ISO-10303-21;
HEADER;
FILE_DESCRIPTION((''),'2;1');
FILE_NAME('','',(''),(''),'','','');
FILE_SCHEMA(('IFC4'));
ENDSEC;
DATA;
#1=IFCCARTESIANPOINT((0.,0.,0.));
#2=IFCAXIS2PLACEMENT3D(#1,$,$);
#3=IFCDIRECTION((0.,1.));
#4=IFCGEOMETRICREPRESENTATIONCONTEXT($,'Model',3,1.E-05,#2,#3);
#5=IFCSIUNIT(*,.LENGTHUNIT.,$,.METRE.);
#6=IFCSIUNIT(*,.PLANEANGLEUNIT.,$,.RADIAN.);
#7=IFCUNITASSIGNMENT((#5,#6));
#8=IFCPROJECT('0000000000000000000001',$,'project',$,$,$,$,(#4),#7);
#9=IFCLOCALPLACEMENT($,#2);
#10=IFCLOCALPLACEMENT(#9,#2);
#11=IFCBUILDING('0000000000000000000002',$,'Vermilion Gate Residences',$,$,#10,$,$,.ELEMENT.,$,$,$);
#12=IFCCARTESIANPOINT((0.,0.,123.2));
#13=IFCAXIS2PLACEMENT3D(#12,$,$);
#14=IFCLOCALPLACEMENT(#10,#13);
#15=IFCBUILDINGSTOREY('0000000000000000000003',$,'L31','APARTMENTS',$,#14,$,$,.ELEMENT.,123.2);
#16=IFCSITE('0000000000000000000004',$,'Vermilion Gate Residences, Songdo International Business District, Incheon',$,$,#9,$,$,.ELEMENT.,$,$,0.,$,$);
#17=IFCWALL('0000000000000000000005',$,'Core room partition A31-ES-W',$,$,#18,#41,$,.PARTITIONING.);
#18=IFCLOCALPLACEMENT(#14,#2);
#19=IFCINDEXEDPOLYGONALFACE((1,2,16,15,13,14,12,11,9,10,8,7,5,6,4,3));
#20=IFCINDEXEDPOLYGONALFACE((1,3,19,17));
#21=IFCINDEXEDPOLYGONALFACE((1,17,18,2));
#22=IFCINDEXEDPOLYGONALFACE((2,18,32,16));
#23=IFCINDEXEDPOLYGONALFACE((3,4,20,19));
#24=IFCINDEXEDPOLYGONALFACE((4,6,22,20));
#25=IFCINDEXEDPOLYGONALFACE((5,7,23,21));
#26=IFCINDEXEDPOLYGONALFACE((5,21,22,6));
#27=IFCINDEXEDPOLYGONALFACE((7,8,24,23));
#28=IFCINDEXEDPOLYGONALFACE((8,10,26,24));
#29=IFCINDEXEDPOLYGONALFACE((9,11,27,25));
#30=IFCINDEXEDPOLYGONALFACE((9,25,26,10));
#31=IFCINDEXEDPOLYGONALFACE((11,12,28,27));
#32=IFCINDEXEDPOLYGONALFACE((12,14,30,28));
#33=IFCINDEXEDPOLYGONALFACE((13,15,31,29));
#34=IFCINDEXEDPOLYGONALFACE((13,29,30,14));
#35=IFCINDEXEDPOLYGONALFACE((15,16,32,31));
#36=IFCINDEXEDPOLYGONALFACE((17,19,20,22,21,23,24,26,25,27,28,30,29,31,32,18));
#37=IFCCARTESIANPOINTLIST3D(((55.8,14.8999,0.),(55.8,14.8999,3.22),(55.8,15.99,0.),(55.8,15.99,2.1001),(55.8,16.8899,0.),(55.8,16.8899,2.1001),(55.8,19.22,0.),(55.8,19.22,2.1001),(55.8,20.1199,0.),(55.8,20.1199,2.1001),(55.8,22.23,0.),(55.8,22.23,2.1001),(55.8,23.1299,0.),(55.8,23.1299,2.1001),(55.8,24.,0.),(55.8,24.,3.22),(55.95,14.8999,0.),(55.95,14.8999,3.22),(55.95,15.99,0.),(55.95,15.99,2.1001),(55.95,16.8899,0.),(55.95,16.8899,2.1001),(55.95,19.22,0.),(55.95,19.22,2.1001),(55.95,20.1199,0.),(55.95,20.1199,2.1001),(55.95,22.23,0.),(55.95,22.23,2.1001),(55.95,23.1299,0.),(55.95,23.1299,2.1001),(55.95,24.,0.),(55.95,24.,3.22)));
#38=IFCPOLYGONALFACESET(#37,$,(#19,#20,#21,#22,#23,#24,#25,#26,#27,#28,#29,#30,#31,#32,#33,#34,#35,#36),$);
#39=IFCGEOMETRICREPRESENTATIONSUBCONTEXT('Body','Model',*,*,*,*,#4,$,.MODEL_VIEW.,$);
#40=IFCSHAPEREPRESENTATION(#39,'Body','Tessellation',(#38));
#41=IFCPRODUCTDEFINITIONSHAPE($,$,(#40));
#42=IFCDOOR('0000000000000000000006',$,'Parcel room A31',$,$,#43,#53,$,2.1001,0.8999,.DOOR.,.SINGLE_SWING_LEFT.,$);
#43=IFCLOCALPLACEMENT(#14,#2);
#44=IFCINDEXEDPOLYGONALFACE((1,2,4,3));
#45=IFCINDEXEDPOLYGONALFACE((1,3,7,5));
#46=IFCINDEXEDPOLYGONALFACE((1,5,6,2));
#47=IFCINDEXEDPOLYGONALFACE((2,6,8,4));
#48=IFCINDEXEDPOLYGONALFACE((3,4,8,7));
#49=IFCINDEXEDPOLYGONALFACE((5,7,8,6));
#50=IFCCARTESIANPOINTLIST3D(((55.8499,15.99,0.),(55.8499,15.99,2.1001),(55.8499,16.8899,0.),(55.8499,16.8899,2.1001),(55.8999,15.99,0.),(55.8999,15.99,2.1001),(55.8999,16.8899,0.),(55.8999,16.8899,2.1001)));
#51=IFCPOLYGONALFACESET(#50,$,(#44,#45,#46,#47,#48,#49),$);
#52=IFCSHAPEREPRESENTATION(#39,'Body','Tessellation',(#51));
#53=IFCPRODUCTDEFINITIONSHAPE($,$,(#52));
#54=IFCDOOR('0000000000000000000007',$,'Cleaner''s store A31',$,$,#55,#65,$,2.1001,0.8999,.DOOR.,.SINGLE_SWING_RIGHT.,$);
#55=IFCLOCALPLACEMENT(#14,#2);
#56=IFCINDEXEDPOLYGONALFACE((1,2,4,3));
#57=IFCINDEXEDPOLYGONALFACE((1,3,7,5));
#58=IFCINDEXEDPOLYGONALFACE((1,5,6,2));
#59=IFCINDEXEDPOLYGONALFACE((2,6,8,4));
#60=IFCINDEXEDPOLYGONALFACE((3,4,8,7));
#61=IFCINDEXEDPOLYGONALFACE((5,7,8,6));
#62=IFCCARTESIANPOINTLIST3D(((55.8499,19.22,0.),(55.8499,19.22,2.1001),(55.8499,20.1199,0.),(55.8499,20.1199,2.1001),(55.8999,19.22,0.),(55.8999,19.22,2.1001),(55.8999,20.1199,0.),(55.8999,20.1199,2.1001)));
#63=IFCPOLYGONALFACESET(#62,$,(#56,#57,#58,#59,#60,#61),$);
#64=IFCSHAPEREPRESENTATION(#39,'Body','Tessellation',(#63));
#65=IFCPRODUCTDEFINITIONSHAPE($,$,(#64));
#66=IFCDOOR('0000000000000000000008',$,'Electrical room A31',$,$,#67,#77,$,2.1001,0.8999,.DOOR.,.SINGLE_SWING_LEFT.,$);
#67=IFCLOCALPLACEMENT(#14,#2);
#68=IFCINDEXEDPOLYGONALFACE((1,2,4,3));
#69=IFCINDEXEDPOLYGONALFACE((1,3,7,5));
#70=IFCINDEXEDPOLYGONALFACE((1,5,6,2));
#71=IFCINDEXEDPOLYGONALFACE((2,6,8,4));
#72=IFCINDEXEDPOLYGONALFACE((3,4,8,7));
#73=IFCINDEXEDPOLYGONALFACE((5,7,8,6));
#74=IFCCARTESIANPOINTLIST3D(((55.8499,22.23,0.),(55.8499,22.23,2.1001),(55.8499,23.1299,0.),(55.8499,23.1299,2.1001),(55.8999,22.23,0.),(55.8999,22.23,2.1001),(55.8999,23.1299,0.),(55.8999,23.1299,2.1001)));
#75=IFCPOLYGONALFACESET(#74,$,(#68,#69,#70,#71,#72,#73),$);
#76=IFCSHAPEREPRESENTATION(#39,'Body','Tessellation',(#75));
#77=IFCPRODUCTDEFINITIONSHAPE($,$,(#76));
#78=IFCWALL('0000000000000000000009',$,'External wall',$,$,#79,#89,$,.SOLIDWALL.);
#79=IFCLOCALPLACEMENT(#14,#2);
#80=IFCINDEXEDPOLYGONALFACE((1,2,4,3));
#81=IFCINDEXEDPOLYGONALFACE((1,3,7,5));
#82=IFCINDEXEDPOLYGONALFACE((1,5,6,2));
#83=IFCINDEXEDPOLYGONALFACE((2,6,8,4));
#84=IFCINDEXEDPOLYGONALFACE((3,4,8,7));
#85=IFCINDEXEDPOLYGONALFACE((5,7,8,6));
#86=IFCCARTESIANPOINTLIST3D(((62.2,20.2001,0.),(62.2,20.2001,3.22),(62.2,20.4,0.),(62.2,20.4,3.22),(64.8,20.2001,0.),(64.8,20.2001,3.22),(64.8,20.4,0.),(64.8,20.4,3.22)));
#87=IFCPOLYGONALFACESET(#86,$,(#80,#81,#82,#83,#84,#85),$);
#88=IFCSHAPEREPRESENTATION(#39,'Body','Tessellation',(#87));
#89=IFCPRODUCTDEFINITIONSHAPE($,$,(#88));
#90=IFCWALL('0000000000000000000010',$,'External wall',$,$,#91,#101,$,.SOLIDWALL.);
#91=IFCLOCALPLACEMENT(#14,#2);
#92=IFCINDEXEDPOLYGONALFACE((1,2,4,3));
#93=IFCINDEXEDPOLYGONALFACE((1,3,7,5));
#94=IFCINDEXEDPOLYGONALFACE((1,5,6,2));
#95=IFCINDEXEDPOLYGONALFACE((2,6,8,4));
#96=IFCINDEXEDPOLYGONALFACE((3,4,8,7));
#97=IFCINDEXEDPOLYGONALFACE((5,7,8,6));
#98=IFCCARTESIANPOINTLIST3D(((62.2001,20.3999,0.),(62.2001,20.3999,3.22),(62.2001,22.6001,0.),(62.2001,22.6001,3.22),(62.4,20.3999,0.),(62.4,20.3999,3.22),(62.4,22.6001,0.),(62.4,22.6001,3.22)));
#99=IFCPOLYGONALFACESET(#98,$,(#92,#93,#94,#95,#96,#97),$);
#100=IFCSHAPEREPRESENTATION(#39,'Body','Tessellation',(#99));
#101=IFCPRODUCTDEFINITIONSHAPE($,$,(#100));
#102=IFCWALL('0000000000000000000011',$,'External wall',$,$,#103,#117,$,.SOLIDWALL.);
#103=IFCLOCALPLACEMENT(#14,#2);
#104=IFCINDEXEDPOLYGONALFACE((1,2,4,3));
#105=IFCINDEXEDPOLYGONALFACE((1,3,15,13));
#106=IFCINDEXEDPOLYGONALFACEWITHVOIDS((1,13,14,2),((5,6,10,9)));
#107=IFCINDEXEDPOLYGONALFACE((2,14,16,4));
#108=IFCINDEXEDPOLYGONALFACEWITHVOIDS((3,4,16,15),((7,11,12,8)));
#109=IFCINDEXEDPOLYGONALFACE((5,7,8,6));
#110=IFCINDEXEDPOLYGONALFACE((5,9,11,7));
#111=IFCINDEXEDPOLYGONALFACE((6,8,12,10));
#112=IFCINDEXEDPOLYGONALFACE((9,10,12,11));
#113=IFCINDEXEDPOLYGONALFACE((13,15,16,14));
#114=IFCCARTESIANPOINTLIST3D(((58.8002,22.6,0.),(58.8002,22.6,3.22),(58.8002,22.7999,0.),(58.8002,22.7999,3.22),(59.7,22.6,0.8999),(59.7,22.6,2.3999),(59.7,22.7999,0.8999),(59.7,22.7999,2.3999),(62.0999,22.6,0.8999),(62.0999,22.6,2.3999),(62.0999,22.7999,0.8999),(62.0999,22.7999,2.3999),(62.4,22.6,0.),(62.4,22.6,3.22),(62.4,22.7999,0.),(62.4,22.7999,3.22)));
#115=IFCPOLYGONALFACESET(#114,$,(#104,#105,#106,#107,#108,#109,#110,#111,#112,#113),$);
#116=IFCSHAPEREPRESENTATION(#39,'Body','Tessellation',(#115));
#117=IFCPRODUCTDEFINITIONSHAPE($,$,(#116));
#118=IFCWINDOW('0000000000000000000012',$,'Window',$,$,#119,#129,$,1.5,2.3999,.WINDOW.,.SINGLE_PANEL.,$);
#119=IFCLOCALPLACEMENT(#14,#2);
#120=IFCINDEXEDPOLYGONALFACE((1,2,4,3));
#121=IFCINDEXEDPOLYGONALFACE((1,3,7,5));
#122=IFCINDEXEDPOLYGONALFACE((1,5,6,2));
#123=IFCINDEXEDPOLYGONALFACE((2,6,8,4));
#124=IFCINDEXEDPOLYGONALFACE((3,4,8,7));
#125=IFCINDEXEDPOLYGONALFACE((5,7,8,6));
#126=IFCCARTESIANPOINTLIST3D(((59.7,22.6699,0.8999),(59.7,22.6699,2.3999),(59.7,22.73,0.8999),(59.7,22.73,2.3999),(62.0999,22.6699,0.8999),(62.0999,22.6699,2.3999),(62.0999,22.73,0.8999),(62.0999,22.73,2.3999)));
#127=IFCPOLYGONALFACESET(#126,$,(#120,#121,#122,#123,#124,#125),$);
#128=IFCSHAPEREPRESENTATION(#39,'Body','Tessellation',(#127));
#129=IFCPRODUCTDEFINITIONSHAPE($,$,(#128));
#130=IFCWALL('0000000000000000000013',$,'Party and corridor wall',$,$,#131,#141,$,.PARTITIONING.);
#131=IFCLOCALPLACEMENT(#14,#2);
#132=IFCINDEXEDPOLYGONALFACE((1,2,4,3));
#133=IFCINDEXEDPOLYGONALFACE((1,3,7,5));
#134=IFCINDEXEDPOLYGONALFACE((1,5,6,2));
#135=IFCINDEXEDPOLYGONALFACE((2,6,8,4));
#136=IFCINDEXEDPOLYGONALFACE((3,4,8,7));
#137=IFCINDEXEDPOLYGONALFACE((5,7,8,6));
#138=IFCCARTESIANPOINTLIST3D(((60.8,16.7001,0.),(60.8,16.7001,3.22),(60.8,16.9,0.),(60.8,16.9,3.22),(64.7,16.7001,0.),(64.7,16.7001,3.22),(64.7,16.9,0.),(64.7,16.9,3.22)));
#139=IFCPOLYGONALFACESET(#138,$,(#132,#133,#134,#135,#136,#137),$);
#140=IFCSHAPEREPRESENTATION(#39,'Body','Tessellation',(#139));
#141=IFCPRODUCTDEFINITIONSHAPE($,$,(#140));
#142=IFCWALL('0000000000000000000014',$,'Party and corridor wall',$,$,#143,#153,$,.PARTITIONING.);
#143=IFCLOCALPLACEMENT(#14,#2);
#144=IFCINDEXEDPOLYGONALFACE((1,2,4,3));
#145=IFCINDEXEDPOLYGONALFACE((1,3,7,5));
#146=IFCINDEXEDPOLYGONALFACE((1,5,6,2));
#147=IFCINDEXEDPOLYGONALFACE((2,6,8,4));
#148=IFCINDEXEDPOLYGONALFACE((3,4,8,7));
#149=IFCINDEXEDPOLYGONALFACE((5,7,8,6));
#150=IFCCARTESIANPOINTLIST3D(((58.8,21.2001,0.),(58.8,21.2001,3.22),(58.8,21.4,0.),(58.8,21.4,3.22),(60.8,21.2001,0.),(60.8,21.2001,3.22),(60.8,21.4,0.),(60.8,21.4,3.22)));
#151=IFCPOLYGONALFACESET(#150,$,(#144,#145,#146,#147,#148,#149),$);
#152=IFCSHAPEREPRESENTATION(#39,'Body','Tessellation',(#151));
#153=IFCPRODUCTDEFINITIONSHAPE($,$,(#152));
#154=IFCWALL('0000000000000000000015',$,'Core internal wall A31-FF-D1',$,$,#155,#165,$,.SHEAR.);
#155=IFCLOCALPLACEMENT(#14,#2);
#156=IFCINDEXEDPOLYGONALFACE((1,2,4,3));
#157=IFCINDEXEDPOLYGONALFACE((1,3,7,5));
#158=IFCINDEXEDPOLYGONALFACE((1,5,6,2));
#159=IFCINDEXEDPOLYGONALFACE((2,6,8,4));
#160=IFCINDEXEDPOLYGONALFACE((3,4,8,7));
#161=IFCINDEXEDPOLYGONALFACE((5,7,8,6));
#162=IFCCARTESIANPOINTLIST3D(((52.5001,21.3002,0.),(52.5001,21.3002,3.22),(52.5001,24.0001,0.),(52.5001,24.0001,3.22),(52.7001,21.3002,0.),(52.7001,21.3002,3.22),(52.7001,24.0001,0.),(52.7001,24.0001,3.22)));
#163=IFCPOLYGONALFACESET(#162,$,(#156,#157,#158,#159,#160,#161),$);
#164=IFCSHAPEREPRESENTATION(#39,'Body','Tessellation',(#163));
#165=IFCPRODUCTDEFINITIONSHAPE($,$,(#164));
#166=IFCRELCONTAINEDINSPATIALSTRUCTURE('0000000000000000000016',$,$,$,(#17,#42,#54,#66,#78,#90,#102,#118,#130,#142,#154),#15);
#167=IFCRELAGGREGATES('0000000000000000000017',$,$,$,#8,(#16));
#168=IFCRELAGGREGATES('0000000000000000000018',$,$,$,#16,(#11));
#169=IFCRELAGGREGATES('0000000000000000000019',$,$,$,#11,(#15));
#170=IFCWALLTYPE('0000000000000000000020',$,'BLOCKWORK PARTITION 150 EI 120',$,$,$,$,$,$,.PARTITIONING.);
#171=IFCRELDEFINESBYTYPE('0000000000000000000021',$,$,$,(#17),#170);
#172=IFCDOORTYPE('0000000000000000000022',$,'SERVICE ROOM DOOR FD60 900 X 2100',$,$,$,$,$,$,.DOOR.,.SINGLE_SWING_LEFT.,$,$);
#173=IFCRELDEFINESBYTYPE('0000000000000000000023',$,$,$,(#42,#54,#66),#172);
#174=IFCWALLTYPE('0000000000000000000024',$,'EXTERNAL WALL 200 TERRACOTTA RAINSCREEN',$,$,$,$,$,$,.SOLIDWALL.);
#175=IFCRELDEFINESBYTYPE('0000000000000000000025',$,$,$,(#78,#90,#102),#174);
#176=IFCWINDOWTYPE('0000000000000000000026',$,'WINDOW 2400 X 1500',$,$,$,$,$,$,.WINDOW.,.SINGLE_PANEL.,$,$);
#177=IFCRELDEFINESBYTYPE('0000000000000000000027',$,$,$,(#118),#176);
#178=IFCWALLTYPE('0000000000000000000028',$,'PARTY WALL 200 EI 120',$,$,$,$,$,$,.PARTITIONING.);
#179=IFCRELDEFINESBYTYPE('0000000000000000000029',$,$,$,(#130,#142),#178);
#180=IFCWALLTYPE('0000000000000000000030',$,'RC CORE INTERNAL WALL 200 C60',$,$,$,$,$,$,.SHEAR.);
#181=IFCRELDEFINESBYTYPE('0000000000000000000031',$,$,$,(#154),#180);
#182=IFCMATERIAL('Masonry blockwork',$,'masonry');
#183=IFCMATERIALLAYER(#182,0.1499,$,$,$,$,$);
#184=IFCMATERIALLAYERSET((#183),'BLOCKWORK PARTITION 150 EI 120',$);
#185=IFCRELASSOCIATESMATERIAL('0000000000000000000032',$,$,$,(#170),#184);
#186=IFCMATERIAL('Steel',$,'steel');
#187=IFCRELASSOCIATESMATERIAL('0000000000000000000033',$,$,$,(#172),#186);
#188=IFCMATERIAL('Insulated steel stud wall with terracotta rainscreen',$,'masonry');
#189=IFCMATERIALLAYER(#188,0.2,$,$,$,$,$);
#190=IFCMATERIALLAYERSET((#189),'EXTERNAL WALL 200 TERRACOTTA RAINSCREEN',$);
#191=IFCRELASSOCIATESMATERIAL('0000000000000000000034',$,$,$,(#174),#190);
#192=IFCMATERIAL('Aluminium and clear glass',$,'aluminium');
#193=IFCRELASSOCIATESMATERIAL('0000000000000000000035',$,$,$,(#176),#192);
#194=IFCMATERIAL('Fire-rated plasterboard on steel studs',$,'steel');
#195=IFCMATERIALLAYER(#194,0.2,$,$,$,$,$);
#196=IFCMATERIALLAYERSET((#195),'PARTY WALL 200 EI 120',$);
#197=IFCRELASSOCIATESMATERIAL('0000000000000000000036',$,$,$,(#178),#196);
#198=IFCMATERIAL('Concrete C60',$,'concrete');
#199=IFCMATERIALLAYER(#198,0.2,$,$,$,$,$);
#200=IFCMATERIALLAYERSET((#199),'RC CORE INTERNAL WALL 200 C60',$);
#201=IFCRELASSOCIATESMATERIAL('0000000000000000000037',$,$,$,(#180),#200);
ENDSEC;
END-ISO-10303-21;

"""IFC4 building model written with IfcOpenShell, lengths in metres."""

from ifc_helpers import new_model, si_unit, direction, frame, frame_2d, origin, place, context, subcontext, project, spatial, rectangle, extrude, material, layer, layer_set, type_object, element, fill, save


model = new_model("IFC4")

# Units and contexts
model_context = context("Model", 3, precision=1e-05, world=origin(), true_north=direction((0.0, 1.0)))
body_context = subcontext(model_context, "Body", "Model", "MODEL_VIEW")
ifc_project = project(units=[si_unit("LENGTHUNIT", "METRE"), si_unit("PLANEANGLEUNIT", "RADIAN")], contexts=[model_context])

# Site, building, storey
site_placement = place(None, origin())
site = spatial("IfcSite", under=ifc_project, at=site_placement, Name="Vermilion Gate Residences, Songdo International Business District, Incheon", CompositionType="ELEMENT", RefElevation=0.0)
building_placement = place(site_placement, origin())
building = spatial("IfcBuilding", under=site, at=building_placement, Name="Vermilion Gate Residences", CompositionType="ELEMENT")
storey_placement = place(building_placement, frame((0.0, 0.0, 123.2)))
storey = spatial("IfcBuildingStorey", under=building, at=storey_placement, Name="L31", Description="APARTMENTS", CompositionType="ELEMENT", Elevation=123.2)

# Shared definitions
ifc_material_1 = material(Name="Masonry blockwork", Category="masonry")
ifc_layer_1 = layer(ifc_material_1, 0.1499)
ifc_layer_set_1 = layer_set([ifc_layer_1], Name="BLOCKWORK PARTITION 150 EI 120")
wall_type_1 = type_object("IfcWallType", Name="BLOCKWORK PARTITION 150 EI 120", PredefinedType="PARTITIONING", material=ifc_layer_set_1)

# Wall, openings, doors
wall_1_placement = place(storey_placement, frame((55.875, 14.8999, 0.0), z_axis=(0.0, 0.0, 1.0), x_axis=(0.0, 1.0, 0.0)))
wall_1 = element("IfcWall", 1, at=wall_1_placement, inside=storey, type_object=wall_type_1, Name="Core room partition A31-ES-W", PredefinedType="PARTITIONING", context=body_context, shape_type="SweptSolid", body=[
    extrude(rectangle(XDim=9.1001, YDim=0.1499, at=frame_2d((4.55, 0.0))), origin(), (0.0, 0.0, 1.0), 3.22),
])
opening_1_placement = place(wall_1_placement, frame((1.0901, 0.0, 0.0)))
opening_1 = element("IfcOpeningElement", 2, at=opening_1_placement, cuts=wall_1, PredefinedType="OPENING", context=body_context, shape_type="SweptSolid", body=[
    extrude(rectangle(XDim=0.8999, YDim=2.1001, at=frame_2d((0.45, 1.05))), frame((0.0, 0.085, 0.0), z_axis=(0.0, -1.0, 0.0), x_axis=(1.0, 0.0, 0.0)), (0.0, 0.0, 1.0), 0.1699),
])
opening_2_placement = place(wall_1_placement, frame((4.3201, 0.0, 0.0)))
opening_2 = element("IfcOpeningElement", 3, at=opening_2_placement, cuts=wall_1, PredefinedType="OPENING", context=body_context, shape_type="SweptSolid", body=[
    extrude(rectangle(XDim=0.8999, YDim=2.1001, at=frame_2d((0.45, 1.05))), frame((0.0, 0.085, 0.0), z_axis=(0.0, -1.0, 0.0), x_axis=(1.0, 0.0, 0.0)), (0.0, 0.0, 1.0), 0.1699),
])
opening_3_placement = place(wall_1_placement, frame((7.3301, 0.0, 0.0)))
opening_3 = element("IfcOpeningElement", 4, at=opening_3_placement, cuts=wall_1, PredefinedType="OPENING", context=body_context, shape_type="SweptSolid", body=[
    extrude(rectangle(XDim=0.8999, YDim=2.1001, at=frame_2d((0.45, 1.05))), frame((0.0, 0.085, 0.0), z_axis=(0.0, -1.0, 0.0), x_axis=(1.0, 0.0, 0.0)), (0.0, 0.0, 1.0), 0.1699),
])
ifc_material_2 = material(Name="Steel", Category="steel")
door_type_1 = type_object("IfcDoorType", Name="SERVICE ROOM DOOR FD60 900 X 2100", OperationType="SINGLE_SWING_LEFT", PredefinedType="DOOR", material=ifc_material_2)
door_1_placement = place(opening_1_placement, frame((0.8999, 0.0, 0.0), z_axis=(0.0, 0.0, 1.0), x_axis=(-1.0, 0.0, 0.0)))
door_1 = element("IfcDoor", 5, at=door_1_placement, inside=storey, type_object=door_type_1, Name="Parcel room A31", OperationType="SINGLE_SWING_LEFT", OverallHeight=2.1001, OverallWidth=0.8999, PredefinedType="DOOR", context=body_context, shape_type="SweptSolid", body=[
    extrude(rectangle(XDim=0.8999, YDim=2.1001, at=frame_2d((0.45, 1.05))), frame((0.0, 0.0249, 0.0), z_axis=(0.0, -1.0, 0.0), x_axis=(1.0, 0.0, 0.0)), (0.0, 0.0, 1.0), 0.05),
])
fill(opening_1, door_1)
door_2_placement = place(opening_2_placement, frame((0.8999, 0.0, 0.0), z_axis=(0.0, 0.0, 1.0), x_axis=(-1.0, 0.0, 0.0)))
door_2 = element("IfcDoor", 6, at=door_2_placement, inside=storey, type_object=door_type_1, Name="Cleaner's store A31", OperationType="SINGLE_SWING_RIGHT", OverallHeight=2.1001, OverallWidth=0.8999, PredefinedType="DOOR", context=body_context, shape_type="SweptSolid", body=[
    extrude(rectangle(XDim=0.8999, YDim=2.1001, at=frame_2d((0.45, 1.05))), frame((0.0, 0.0249, 0.0), z_axis=(0.0, -1.0, 0.0), x_axis=(1.0, 0.0, 0.0)), (0.0, 0.0, 1.0), 0.05),
])
fill(opening_2, door_2)
door_3_placement = place(opening_3_placement, frame((0.8999, 0.0, 0.0), z_axis=(0.0, 0.0, 1.0), x_axis=(-1.0, 0.0, 0.0)))
door_3 = element("IfcDoor", 7, at=door_3_placement, inside=storey, type_object=door_type_1, Name="Electrical room A31", OperationType="SINGLE_SWING_LEFT", OverallHeight=2.1001, OverallWidth=0.8999, PredefinedType="DOOR", context=body_context, shape_type="SweptSolid", body=[
    extrude(rectangle(XDim=0.8999, YDim=2.1001, at=frame_2d((0.45, 1.05))), frame((0.0, 0.0249, 0.0), z_axis=(0.0, -1.0, 0.0), x_axis=(1.0, 0.0, 0.0)), (0.0, 0.0, 1.0), 0.05),
])
fill(opening_3, door_3)

# Walls
ifc_material_3 = material(Name="Insulated steel stud wall with terracotta rainscreen", Category="masonry")
ifc_layer_2 = layer(ifc_material_3, 0.2)
ifc_layer_set_2 = layer_set([ifc_layer_2], Name="EXTERNAL WALL 200 TERRACOTTA RAINSCREEN")
wall_type_2 = type_object("IfcWallType", Name="EXTERNAL WALL 200 TERRACOTTA RAINSCREEN", PredefinedType="SOLIDWALL", material=ifc_layer_set_2)
wall_2_placement = place(storey_placement, frame((64.8, 20.3, 0.0), z_axis=(0.0, 0.0, 1.0), x_axis=(-1.0, 0.0, 0.0)))
element("IfcWall", 8, at=wall_2_placement, inside=storey, type_object=wall_type_2, Name="External wall", PredefinedType="SOLIDWALL", context=body_context, shape_type="SweptSolid", body=[
    extrude(rectangle(XDim=2.6001, YDim=0.2, at=frame_2d((1.3, 0.0))), origin(), (0.0, 0.0, 1.0), 3.22),
])
wall_3_placement = place(storey_placement, frame((62.3, 20.3999, 0.0), z_axis=(0.0, 0.0, 1.0), x_axis=(0.0, 1.0, 0.0)))
element("IfcWall", 9, at=wall_3_placement, inside=storey, type_object=wall_type_2, Name="External wall", PredefinedType="SOLIDWALL", context=body_context, shape_type="SweptSolid", body=[
    extrude(rectangle(XDim=2.2002, YDim=0.2, at=frame_2d((1.1001, 0.0))), origin(), (0.0, 0.0, 1.0), 3.22),
])

# Wall, opening, window
wall_4_placement = place(storey_placement, frame((62.3999, 22.7, 0.0), z_axis=(0.0, 0.0, 1.0), x_axis=(-1.0, 0.0, 0.0)))
wall_4 = element("IfcWall", 10, at=wall_4_placement, inside=storey, type_object=wall_type_2, Name="External wall", PredefinedType="SOLIDWALL", context=body_context, shape_type="SweptSolid", body=[
    extrude(rectangle(XDim=3.5999, YDim=0.2, at=frame_2d((1.7998, 0.0))), origin(), (0.0, 0.0, 1.0), 3.22),
])
opening_4_placement = place(wall_4_placement, frame((0.3, 0.0, 0.8999)))
opening_4 = element("IfcOpeningElement", 11, at=opening_4_placement, cuts=wall_4, PredefinedType="OPENING", context=body_context, shape_type="SweptSolid", body=[
    extrude(rectangle(XDim=2.3999, YDim=1.5, at=frame_2d((1.2, 0.75))), frame((0.0, 0.1099, 0.0), z_axis=(0.0, -1.0, 0.0), x_axis=(1.0, 0.0, 0.0)), (0.0, 0.0, 1.0), 0.22),
])
ifc_material_4 = material(Name="Aluminium and clear glass", Category="aluminium")
window_type = type_object("IfcWindowType", Name="WINDOW 2400 X 1500", PartitioningType="SINGLE_PANEL", PredefinedType="WINDOW", material=ifc_material_4)
window_placement = place(opening_4_placement, origin())
window = element("IfcWindow", 12, at=window_placement, inside=storey, type_object=window_type, Name="Window", OverallHeight=1.5, OverallWidth=2.3999, PartitioningType="SINGLE_PANEL", PredefinedType="WINDOW", context=body_context, shape_type="SweptSolid", body=[
    extrude(rectangle(XDim=2.3999, YDim=1.5, at=frame_2d((1.2, 0.75))), frame((0.0, 0.03, 0.0), z_axis=(0.0, -1.0, 0.0), x_axis=(1.0, 0.0, 0.0)), (0.0, 0.0, 1.0), 0.0601),
])
fill(opening_4, window)

# Walls
ifc_material_5 = material(Name="Fire-rated plasterboard on steel studs", Category="steel")
ifc_layer_3 = layer(ifc_material_5, 0.2)
ifc_layer_set_3 = layer_set([ifc_layer_3], Name="PARTY WALL 200 EI 120")
wall_type_3 = type_object("IfcWallType", Name="PARTY WALL 200 EI 120", PredefinedType="PARTITIONING", material=ifc_layer_set_3)
wall_5_placement = place(storey_placement, frame((60.8, 16.8, 0.0), z_axis=(0.0, 0.0, 1.0), x_axis=(1.0, 0.0, 0.0)))
element("IfcWall", 13, at=wall_5_placement, inside=storey, type_object=wall_type_3, Name="Party and corridor wall", PredefinedType="PARTITIONING", context=body_context, shape_type="SweptSolid", body=[
    extrude(rectangle(XDim=3.8999, YDim=0.2, at=frame_2d((1.95, 0.0))), origin(), (0.0, 0.0, 1.0), 3.22),
])
wall_6_placement = place(storey_placement, frame((58.8, 21.3, 0.0), z_axis=(0.0, 0.0, 1.0), x_axis=(1.0, 0.0, 0.0)))
element("IfcWall", 14, at=wall_6_placement, inside=storey, type_object=wall_type_3, Name="Party and corridor wall", PredefinedType="PARTITIONING", context=body_context, shape_type="SweptSolid", body=[
    extrude(rectangle(XDim=2.0, YDim=0.2, at=frame_2d((1.0, 0.0))), origin(), (0.0, 0.0, 1.0), 3.22),
])
ifc_material_6 = material(Name="Concrete C60", Category="concrete")
ifc_layer_4 = layer(ifc_material_6, 0.2)
ifc_layer_set_4 = layer_set([ifc_layer_4], Name="RC CORE INTERNAL WALL 200 C60")
wall_type_4 = type_object("IfcWallType", Name="RC CORE INTERNAL WALL 200 C60", PredefinedType="SHEAR", material=ifc_layer_set_4)
wall_7_placement = place(storey_placement, frame((52.6001, 21.3, 0.0), z_axis=(0.0, 0.0, 1.0), x_axis=(0.0, 1.0, 0.0)))
element("IfcWall", 15, at=wall_7_placement, inside=storey, type_object=wall_type_4, Name="Core internal wall A31-FF-D1", PredefinedType="SHEAR", context=body_context, shape_type="SweptSolid", body=[
    extrude(rectangle(XDim=2.7, YDim=0.2, at=frame_2d((1.3501, 0.0))), origin(), (0.0, 0.0, 1.0), 3.22),
])

save(model, "model.ifc")
